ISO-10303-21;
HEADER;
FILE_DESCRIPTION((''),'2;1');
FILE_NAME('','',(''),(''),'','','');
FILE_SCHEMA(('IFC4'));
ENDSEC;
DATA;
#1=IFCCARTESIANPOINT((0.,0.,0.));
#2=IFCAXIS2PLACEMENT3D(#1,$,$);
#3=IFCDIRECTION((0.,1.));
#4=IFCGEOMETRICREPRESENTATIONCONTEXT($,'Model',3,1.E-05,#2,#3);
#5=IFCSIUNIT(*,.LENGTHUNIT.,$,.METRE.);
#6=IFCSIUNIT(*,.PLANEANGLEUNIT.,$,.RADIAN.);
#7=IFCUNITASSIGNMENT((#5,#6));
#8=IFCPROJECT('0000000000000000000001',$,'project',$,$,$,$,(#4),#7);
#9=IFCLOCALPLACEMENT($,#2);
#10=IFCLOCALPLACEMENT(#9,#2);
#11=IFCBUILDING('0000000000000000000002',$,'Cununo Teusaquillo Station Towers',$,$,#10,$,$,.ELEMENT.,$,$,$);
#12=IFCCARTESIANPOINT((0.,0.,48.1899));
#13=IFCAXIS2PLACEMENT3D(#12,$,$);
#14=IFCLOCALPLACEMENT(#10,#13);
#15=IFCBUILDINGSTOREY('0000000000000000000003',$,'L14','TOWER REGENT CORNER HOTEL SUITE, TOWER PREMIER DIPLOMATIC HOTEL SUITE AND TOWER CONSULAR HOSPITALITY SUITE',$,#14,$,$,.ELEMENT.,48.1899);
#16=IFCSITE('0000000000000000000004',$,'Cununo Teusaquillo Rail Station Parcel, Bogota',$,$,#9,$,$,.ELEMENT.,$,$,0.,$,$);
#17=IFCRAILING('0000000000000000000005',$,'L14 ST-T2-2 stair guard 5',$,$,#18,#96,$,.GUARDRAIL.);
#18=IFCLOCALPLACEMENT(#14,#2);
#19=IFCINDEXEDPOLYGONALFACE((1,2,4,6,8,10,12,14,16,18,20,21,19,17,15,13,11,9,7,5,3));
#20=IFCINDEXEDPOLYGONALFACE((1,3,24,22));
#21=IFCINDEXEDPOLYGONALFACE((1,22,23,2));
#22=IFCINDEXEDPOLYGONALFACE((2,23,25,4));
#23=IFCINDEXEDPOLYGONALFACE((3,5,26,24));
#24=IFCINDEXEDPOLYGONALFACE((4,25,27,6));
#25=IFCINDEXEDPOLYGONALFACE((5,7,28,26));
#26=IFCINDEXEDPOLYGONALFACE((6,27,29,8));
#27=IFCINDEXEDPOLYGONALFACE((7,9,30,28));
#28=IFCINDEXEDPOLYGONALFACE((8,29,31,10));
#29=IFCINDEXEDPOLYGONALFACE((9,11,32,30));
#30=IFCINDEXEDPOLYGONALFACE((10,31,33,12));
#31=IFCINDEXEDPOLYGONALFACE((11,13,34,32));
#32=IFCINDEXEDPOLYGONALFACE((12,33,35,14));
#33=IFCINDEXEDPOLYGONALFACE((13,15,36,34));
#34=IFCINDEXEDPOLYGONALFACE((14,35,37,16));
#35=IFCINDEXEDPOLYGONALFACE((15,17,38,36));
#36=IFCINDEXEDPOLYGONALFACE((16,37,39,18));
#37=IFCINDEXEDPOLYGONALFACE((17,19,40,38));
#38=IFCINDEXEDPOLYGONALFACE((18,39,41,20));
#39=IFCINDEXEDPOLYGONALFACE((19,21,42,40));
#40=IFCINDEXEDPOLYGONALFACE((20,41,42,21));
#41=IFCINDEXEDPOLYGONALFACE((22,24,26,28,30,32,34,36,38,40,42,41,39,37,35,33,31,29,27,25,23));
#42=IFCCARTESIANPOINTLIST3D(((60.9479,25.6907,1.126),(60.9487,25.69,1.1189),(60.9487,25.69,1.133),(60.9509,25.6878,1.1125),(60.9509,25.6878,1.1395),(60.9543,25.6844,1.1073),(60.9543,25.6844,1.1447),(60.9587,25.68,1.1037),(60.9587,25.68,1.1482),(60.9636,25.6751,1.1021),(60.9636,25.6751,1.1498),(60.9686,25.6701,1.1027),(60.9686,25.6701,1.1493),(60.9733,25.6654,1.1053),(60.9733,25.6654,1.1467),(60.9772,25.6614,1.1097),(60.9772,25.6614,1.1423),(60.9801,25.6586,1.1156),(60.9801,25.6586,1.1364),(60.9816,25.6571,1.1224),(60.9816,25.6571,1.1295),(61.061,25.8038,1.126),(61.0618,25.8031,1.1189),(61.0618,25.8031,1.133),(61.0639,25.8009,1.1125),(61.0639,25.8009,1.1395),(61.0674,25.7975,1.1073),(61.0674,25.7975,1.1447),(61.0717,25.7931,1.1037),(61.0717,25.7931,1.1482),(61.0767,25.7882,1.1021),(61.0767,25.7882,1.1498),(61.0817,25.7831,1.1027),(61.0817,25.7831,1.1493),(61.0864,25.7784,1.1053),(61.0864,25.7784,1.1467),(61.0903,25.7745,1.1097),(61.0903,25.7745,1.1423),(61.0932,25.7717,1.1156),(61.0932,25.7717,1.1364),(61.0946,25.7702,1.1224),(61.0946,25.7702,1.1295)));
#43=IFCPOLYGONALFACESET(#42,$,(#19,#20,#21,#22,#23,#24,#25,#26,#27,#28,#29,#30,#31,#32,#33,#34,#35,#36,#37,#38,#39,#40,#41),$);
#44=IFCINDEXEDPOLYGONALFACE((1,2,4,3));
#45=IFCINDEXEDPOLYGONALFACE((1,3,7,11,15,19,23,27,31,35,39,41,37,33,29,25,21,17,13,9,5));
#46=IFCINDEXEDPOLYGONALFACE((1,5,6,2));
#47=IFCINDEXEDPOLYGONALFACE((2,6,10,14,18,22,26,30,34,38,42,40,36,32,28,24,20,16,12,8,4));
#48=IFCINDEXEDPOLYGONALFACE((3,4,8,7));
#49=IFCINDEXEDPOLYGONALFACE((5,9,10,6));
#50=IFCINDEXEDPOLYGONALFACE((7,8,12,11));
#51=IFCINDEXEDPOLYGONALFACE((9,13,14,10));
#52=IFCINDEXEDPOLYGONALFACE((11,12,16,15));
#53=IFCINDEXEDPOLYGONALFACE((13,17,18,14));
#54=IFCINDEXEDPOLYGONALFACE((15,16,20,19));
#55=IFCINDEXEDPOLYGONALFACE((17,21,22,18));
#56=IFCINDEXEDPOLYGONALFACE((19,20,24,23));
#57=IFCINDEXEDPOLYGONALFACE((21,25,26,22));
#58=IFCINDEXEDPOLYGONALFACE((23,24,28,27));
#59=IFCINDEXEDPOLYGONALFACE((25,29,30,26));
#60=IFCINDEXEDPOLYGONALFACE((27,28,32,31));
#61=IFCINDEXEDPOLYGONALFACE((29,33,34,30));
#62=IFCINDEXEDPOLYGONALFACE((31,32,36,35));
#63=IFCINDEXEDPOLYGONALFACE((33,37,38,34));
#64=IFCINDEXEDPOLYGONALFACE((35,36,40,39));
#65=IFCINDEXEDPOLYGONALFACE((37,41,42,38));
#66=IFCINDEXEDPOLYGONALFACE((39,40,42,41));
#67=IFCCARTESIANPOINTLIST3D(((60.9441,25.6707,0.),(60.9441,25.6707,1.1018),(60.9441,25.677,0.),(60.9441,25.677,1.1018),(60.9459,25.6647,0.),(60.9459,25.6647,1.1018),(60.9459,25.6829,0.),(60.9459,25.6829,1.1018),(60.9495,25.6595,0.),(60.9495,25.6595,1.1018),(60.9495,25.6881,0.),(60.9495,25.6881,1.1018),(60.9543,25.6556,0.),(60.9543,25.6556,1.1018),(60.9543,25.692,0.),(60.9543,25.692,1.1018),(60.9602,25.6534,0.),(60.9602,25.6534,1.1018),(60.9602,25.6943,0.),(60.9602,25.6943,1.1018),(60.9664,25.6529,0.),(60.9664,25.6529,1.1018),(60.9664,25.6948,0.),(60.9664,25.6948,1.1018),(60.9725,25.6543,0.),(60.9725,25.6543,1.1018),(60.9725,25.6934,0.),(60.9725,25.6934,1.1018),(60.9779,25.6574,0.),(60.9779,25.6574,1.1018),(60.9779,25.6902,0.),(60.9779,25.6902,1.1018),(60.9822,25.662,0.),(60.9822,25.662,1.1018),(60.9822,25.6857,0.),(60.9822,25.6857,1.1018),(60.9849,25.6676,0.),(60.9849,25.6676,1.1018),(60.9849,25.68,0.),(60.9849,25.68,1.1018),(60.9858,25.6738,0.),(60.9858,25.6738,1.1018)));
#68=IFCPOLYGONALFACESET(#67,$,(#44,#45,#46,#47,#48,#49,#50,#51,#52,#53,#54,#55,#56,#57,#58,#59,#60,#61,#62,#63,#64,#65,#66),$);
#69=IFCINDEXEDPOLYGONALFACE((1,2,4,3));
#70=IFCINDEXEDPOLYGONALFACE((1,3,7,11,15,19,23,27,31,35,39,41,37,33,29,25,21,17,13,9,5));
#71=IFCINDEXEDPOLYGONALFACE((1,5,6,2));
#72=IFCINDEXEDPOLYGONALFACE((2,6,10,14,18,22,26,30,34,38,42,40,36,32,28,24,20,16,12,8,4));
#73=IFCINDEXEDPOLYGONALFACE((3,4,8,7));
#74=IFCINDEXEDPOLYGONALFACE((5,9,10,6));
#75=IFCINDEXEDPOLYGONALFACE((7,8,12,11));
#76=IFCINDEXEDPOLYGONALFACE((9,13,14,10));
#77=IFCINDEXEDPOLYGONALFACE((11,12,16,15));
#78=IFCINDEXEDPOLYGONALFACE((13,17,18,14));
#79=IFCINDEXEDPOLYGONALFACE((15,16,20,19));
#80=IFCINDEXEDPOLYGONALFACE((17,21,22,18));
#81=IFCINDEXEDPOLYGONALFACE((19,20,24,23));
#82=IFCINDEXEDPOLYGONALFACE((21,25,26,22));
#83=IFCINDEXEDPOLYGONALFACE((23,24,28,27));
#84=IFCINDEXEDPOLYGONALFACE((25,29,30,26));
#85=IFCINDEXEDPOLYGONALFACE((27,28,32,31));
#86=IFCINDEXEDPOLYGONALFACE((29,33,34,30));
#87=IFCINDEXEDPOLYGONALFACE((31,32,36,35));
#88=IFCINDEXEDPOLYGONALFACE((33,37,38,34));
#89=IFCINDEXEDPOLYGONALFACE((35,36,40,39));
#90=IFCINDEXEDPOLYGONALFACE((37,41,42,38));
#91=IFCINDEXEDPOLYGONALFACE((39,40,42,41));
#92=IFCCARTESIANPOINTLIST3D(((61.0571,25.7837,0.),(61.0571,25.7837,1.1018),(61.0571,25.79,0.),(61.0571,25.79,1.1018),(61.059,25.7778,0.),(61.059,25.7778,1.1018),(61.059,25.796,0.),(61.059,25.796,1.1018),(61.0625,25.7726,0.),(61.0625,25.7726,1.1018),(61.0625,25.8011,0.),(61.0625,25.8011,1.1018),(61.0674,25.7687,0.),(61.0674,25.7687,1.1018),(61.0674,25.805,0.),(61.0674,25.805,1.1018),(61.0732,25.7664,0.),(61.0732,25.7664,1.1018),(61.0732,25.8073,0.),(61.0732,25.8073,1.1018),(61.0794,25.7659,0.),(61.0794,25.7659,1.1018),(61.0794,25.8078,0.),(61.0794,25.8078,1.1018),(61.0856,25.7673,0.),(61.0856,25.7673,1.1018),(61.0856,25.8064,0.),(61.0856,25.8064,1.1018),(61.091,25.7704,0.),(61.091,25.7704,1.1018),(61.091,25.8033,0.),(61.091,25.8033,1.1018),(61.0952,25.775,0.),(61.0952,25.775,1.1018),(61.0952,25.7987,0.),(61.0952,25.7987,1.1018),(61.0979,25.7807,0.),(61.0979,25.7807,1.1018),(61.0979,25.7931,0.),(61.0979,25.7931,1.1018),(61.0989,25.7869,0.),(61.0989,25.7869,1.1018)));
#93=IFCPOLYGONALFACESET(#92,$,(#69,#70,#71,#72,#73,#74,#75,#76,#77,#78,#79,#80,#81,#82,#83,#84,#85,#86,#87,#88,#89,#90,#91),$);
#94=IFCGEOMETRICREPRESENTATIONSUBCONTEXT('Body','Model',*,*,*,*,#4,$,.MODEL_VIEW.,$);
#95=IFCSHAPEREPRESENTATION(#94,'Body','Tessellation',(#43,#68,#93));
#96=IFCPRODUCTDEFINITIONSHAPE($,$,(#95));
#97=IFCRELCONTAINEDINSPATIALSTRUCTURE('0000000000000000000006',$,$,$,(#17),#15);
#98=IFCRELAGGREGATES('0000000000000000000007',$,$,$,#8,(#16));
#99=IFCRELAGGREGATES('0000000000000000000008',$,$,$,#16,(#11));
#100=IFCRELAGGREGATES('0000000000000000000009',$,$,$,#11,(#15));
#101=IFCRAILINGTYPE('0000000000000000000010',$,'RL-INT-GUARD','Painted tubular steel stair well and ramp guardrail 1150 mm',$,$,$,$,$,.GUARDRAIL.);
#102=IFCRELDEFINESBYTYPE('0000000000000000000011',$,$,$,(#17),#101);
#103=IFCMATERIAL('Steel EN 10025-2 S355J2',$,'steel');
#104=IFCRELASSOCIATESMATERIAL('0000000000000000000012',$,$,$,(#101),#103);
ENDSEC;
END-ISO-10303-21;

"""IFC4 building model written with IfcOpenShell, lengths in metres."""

from ifc_helpers import new_model, si_unit, direction, frame, origin, origin_2d, place, context, subcontext, project, spatial, circle, extrude, material, type_object, element, save


model = new_model("IFC4")

# Units and contexts
model_context = context("Model", 3, precision=1e-05, world=origin(), true_north=direction((0.0, 1.0)))
body_context = subcontext(model_context, "Body", "Model", "MODEL_VIEW")
ifc_project = project(units=[si_unit("LENGTHUNIT", "METRE"), si_unit("PLANEANGLEUNIT", "RADIAN")], contexts=[model_context])

# Site, building, storey
site_placement = place(None, origin())
site = spatial("IfcSite", under=ifc_project, at=site_placement, Name="Cununo Teusaquillo Rail Station Parcel, Bogota", CompositionType="ELEMENT", RefElevation=0.0)
building_placement = place(site_placement, origin())
building = spatial("IfcBuilding", under=site, at=building_placement, Name="Cununo Teusaquillo Station Towers", CompositionType="ELEMENT")
storey_placement = place(building_placement, frame((0.0, 0.0, 48.1899)))
storey = spatial("IfcBuildingStorey", under=building, at=storey_placement, Name="L14", Description="TOWER REGENT CORNER HOTEL SUITE, TOWER PREMIER DIPLOMATIC HOTEL SUITE AND TOWER CONSULAR HOSPITALITY SUITE", CompositionType="ELEMENT", Elevation=48.1899)

# Railing
ifc_material_1 = material(Name="Steel EN 10025-2 S355J2", Category="steel")
railing_type_1 = type_object("IfcRailingType", Name="RL-INT-GUARD", Description="Painted tubular steel stair well and ramp guardrail 1150 mm", PredefinedType="GUARDRAIL", material=ifc_material_1)
railing_1_placement = place(storey_placement, frame((60.9648, 25.6738, 0.0)))
element("IfcRailing", 1, at=railing_1_placement, inside=storey, type_object=railing_type_1, Name="L14 ST-T2-2 stair guard 5", PredefinedType="GUARDRAIL", context=body_context, shape_type="SweptSolid", body=[
    extrude(circle(Radius=0.0239, at=origin_2d()), frame((0.0, 0.0, 1.126), z_axis=(0.707107, 0.707107, 0.0), x_axis=(-0.707107, 0.707107, 0.0)), (0.0, 0.0, 1.0), 0.1599),
    extrude(circle(Radius=0.021, at=origin_2d()), origin(), (0.0, 0.0, 1.0), 1.1018),
    extrude(circle(Radius=0.021, at=origin_2d()), frame((0.113, 0.113, 0.0)), (0.0, 0.0, 1.0), 1.1018),
])

save(model, "model.ifc")
